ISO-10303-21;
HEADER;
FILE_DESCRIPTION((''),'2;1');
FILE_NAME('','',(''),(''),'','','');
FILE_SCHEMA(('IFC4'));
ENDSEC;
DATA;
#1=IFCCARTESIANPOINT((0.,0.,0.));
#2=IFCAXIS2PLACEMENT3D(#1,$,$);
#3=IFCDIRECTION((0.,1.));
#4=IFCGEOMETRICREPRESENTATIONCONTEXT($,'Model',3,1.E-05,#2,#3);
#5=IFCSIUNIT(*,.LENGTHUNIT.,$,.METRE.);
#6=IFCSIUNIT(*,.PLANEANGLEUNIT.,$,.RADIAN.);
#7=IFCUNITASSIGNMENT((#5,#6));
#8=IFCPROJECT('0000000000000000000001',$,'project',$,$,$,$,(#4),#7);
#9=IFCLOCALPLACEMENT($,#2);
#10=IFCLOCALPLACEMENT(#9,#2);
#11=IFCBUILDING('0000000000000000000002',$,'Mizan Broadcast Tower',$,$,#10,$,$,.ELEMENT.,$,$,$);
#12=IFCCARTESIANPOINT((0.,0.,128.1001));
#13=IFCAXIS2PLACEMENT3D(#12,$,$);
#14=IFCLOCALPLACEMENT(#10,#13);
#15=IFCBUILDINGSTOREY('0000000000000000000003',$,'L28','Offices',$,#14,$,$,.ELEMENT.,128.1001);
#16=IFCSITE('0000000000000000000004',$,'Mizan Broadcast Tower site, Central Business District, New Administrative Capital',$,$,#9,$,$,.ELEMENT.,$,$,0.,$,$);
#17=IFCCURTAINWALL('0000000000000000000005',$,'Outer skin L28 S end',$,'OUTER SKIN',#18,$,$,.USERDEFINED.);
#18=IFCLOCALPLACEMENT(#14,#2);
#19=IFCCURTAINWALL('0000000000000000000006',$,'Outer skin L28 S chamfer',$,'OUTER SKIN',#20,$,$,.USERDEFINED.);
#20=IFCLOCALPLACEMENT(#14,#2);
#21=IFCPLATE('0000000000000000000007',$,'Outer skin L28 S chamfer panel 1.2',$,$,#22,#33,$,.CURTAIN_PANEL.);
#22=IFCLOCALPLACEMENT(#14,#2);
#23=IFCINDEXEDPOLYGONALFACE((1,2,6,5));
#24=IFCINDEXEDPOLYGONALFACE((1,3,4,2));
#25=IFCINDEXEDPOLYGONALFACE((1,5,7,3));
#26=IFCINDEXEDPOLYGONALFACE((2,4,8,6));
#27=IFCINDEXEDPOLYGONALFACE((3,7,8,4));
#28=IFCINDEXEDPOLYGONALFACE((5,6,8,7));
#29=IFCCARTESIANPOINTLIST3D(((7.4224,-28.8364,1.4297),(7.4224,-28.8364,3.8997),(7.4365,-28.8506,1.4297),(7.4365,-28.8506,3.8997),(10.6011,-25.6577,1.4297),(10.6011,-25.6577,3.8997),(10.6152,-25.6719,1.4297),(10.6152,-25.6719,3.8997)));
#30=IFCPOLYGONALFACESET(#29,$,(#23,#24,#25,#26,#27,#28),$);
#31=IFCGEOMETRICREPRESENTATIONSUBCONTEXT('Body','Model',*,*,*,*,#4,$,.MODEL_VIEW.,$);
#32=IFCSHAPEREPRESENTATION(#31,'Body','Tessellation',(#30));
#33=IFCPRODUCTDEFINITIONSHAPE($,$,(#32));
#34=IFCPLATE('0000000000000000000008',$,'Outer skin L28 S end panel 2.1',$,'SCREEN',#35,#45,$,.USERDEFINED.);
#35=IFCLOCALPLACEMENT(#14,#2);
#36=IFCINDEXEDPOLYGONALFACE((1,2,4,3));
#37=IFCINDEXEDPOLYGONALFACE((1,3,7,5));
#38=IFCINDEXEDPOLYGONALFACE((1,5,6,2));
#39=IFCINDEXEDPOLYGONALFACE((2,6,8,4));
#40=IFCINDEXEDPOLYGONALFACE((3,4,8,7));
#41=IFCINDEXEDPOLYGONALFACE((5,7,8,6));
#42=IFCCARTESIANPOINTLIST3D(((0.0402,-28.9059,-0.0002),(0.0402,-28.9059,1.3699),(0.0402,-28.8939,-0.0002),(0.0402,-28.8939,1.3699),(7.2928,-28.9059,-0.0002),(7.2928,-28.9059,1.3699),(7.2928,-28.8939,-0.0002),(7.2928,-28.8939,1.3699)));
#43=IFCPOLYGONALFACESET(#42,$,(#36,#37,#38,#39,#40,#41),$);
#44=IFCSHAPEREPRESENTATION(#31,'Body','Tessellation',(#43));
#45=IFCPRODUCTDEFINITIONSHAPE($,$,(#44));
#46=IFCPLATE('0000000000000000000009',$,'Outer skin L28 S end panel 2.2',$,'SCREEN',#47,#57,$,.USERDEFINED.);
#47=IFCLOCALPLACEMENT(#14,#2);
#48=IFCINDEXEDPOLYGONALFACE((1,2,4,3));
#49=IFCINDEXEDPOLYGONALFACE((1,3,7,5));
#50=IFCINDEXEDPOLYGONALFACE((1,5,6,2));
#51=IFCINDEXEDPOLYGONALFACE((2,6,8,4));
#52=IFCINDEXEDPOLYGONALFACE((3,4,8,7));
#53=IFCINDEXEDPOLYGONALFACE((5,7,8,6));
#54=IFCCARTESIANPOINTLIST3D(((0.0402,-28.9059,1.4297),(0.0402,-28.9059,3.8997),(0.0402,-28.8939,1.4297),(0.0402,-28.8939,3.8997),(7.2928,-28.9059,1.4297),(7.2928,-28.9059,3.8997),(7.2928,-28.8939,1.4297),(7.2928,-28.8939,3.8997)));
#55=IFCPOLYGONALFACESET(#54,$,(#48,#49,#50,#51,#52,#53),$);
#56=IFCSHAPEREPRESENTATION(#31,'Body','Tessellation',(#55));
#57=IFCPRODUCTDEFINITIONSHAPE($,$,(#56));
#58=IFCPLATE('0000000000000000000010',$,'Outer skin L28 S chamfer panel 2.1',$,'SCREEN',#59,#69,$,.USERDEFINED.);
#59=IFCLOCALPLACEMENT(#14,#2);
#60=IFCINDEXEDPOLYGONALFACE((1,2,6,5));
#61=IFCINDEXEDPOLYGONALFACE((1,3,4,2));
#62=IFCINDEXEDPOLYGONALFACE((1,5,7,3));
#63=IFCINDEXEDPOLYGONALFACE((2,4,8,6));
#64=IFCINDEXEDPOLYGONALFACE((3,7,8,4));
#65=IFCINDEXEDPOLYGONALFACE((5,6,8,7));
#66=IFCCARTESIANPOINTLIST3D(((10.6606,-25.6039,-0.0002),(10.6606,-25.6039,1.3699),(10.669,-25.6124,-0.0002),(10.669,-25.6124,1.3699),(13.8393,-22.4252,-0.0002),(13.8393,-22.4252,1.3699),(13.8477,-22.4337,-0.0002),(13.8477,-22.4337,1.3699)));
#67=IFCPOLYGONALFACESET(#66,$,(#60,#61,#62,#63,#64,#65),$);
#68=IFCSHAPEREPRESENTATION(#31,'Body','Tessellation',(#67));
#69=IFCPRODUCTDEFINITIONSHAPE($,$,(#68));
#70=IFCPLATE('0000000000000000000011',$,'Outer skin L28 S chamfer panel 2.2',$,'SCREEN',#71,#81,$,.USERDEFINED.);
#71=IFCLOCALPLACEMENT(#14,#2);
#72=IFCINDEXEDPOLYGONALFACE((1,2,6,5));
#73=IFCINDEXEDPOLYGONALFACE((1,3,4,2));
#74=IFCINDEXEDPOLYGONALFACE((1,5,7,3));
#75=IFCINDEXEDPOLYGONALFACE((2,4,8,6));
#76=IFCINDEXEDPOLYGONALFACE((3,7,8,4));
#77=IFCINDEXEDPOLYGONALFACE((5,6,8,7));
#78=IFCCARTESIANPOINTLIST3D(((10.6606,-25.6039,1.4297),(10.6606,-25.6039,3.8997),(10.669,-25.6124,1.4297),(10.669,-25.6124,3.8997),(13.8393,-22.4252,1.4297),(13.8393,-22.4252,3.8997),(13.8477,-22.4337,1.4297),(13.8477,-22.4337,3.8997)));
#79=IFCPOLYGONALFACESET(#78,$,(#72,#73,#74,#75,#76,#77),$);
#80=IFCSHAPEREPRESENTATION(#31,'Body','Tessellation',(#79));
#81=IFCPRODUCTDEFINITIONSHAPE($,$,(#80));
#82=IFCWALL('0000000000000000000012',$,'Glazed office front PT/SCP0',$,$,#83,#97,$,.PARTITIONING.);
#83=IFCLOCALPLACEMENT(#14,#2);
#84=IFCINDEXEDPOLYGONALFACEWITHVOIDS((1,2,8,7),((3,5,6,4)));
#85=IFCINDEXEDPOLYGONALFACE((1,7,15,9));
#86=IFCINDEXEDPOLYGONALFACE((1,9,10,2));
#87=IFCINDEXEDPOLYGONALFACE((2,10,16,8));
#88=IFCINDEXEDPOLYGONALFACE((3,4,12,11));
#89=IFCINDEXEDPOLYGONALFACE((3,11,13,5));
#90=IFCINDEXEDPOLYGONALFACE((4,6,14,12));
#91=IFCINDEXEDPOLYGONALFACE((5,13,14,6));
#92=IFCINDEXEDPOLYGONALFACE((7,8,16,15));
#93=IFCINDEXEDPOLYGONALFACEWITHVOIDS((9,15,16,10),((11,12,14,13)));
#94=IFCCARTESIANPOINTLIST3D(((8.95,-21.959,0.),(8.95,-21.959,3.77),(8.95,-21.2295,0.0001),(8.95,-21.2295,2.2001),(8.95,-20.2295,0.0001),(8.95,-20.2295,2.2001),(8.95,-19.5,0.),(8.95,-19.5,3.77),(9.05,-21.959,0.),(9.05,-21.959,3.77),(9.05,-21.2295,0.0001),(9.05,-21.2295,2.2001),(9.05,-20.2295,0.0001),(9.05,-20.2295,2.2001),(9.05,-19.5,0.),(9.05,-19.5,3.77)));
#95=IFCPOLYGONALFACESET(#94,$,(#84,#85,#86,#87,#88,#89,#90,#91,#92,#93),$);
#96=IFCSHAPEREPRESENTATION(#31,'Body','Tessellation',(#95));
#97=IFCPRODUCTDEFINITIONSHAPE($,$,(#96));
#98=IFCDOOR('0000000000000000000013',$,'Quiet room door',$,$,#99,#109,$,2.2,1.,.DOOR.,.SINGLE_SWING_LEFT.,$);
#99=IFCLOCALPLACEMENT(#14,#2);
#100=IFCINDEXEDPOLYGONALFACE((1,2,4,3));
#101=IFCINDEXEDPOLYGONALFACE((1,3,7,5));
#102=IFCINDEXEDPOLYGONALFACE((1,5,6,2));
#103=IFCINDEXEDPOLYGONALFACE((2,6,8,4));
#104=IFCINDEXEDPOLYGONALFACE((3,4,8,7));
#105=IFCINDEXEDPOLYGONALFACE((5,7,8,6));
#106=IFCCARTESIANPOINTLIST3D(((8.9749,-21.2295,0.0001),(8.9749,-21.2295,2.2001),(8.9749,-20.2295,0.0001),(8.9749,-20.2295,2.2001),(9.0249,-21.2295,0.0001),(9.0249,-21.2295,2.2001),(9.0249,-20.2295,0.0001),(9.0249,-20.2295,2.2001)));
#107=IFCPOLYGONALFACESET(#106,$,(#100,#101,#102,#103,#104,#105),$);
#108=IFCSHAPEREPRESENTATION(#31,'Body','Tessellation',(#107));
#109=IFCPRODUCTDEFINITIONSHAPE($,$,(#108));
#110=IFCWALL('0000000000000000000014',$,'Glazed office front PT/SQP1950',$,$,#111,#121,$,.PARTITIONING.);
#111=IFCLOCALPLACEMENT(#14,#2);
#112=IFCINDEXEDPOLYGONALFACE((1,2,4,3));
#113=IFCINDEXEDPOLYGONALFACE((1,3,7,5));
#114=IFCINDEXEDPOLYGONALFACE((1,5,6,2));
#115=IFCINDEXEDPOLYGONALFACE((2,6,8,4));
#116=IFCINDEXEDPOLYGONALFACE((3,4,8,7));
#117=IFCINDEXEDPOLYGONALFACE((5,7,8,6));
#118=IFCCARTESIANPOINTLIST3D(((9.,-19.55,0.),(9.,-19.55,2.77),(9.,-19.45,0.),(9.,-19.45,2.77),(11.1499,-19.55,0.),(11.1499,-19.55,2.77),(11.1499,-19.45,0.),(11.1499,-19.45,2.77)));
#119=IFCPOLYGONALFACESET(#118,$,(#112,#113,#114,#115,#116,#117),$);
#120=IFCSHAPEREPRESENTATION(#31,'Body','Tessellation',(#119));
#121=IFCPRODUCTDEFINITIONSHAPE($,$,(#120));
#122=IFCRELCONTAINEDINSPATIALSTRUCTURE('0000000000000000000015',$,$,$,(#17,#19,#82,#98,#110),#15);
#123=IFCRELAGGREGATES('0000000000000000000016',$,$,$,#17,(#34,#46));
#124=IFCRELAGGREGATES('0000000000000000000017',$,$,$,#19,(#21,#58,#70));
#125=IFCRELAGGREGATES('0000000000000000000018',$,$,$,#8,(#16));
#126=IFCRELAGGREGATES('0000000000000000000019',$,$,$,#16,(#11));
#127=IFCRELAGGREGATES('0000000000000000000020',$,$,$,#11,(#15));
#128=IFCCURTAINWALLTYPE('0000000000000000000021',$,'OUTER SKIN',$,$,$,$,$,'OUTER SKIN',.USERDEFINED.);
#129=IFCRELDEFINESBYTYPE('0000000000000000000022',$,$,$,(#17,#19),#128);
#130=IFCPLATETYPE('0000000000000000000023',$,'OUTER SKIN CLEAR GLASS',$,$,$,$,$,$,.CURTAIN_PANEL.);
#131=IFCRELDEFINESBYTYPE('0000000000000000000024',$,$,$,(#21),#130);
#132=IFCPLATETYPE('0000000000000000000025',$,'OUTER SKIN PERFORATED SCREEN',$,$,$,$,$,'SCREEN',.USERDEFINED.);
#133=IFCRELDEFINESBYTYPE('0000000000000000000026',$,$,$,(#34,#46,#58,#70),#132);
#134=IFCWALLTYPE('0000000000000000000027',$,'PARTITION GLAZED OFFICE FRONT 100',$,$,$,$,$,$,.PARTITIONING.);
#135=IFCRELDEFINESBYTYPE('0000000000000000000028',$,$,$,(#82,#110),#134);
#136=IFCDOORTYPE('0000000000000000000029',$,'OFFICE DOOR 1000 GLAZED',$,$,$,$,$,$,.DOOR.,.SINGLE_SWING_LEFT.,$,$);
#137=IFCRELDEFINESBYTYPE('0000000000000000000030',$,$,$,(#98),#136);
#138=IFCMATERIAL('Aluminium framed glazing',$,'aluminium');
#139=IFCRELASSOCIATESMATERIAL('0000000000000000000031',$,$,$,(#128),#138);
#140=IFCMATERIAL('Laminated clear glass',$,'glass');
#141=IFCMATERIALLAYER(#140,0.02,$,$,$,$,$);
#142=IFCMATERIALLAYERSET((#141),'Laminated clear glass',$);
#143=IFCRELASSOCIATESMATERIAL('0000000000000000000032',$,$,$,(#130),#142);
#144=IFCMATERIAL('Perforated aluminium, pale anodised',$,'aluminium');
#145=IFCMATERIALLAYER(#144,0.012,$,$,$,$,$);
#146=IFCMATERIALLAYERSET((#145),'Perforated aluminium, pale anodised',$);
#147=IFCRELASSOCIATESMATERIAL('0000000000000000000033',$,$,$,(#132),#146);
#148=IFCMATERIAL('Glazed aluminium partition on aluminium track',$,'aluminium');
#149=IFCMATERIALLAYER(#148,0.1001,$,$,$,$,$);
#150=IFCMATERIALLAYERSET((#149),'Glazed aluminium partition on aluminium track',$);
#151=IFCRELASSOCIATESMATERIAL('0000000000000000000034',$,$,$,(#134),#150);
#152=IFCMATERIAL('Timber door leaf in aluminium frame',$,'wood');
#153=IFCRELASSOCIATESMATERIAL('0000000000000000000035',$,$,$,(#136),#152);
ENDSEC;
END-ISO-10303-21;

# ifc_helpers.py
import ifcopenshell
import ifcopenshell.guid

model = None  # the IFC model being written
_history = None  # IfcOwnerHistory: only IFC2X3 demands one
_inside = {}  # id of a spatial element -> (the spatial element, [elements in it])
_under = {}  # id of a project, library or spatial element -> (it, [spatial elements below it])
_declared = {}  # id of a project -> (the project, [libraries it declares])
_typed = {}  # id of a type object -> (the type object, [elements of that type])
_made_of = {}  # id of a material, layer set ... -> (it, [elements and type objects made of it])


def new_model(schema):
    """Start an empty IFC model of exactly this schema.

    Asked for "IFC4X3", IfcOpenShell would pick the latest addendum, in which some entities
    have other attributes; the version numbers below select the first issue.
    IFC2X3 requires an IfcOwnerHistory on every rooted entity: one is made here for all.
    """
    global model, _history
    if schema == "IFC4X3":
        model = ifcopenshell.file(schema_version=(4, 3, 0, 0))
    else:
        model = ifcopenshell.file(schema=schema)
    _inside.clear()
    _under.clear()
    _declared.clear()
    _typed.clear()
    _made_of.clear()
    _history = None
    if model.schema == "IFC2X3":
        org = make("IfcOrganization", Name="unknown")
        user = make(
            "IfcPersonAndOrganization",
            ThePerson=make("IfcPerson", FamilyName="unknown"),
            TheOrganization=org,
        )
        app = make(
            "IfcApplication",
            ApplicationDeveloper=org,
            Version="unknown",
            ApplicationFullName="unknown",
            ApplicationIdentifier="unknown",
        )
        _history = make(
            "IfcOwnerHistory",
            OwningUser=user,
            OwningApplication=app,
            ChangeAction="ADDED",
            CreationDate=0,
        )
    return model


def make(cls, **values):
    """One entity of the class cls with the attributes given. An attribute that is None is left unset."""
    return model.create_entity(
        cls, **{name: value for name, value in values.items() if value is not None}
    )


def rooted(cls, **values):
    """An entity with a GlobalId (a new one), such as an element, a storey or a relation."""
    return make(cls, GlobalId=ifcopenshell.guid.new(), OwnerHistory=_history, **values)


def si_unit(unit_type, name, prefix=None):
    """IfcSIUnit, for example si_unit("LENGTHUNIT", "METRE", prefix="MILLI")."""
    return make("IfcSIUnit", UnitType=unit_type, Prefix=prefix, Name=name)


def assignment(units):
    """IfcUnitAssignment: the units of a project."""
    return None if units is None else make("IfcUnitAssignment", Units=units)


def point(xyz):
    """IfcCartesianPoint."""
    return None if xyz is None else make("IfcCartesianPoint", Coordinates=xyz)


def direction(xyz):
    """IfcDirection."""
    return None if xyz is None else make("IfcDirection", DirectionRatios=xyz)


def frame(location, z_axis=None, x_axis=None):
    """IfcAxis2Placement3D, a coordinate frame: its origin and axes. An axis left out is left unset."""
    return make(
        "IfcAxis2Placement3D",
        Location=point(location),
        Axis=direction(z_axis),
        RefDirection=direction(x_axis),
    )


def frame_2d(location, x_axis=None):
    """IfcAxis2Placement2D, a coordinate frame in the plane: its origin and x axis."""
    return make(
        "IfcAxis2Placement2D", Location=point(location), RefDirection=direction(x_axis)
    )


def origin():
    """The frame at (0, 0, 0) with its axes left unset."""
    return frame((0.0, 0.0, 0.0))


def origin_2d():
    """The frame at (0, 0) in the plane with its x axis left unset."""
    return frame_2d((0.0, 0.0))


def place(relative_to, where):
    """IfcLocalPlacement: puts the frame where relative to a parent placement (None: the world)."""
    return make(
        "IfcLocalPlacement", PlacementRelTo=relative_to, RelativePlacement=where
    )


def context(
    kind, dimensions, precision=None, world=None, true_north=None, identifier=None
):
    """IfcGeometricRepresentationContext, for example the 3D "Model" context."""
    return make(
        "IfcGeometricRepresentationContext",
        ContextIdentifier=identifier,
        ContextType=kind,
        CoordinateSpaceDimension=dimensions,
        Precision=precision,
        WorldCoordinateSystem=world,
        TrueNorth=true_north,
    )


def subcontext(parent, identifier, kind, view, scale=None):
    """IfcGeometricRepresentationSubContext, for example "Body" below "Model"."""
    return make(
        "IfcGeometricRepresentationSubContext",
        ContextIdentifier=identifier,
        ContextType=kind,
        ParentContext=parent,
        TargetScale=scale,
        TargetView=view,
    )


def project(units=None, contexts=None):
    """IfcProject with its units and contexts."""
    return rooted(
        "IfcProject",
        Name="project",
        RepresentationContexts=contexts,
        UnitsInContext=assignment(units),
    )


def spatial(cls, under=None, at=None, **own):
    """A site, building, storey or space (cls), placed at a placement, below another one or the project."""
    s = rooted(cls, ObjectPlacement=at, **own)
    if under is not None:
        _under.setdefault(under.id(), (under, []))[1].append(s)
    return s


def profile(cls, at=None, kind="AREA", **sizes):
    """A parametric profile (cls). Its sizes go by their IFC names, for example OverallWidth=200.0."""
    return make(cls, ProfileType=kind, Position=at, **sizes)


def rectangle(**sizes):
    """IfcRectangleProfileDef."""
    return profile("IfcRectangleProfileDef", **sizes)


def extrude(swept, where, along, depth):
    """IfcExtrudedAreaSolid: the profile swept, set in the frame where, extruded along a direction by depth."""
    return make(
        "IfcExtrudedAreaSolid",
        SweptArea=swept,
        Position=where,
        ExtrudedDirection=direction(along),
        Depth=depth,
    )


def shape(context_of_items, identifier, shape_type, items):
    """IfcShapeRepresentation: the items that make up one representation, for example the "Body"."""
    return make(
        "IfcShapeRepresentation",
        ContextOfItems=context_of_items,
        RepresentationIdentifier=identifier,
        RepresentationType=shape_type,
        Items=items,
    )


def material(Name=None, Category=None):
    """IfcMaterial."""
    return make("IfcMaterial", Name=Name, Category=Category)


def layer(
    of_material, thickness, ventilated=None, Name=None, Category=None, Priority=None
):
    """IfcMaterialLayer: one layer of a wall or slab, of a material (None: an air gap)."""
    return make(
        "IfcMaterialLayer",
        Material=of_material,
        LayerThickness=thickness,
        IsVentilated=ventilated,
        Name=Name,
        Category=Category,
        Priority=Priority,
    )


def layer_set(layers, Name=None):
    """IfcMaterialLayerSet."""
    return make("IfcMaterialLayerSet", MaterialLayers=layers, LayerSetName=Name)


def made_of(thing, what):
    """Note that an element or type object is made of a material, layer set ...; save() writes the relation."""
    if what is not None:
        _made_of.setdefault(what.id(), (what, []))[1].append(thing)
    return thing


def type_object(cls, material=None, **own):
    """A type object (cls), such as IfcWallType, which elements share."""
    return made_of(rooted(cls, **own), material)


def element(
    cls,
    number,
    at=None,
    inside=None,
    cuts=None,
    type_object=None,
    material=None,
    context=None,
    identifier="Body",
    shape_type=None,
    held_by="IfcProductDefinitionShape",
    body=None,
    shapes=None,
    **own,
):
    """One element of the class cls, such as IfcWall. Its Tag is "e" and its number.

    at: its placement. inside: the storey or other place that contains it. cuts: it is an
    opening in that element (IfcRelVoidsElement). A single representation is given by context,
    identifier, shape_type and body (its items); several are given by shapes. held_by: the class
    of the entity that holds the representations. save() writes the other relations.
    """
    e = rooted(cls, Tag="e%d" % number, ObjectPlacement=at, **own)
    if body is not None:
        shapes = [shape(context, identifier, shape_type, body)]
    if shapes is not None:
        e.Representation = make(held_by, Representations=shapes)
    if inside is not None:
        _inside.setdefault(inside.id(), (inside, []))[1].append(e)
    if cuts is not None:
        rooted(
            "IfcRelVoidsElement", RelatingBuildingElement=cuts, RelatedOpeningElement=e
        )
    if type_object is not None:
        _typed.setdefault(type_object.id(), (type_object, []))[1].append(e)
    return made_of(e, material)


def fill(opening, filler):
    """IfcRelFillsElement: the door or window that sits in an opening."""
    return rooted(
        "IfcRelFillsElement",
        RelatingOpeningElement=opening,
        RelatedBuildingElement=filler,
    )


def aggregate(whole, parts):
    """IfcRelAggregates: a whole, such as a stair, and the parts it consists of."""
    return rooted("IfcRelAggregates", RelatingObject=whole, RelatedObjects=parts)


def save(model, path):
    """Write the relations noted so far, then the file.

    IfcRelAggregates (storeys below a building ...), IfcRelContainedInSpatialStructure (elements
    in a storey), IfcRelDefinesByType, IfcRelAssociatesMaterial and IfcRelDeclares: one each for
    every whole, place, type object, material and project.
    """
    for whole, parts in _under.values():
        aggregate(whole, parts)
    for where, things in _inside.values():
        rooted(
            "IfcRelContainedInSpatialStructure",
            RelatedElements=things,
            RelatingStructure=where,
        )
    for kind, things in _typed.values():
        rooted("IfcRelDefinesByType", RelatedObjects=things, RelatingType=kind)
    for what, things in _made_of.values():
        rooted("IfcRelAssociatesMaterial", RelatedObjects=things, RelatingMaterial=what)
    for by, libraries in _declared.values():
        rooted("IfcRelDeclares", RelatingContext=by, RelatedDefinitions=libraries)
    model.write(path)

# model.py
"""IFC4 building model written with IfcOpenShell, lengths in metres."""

from ifc_helpers import new_model, si_unit, direction, frame, frame_2d, origin, origin_2d, place, context, subcontext, project, spatial, rectangle, extrude, material, layer, layer_set, type_object, element, fill, aggregate, save


model = new_model("IFC4")

# Units and contexts
model_context = context("Model", 3, precision=1e-05, world=origin(), true_north=direction((0.0, 1.0)))
body_context = subcontext(model_context, "Body", "Model", "MODEL_VIEW")
ifc_project = project(units=[si_unit("LENGTHUNIT", "METRE"), si_unit("PLANEANGLEUNIT", "RADIAN")], contexts=[model_context])

# Site, building, storey
site_placement = place(None, origin())
site = spatial("IfcSite", under=ifc_project, at=site_placement, Name="Mizan Broadcast Tower site, Central Business District, New Administrative Capital", CompositionType="ELEMENT", RefElevation=0.0)
building_placement = place(site_placement, origin())
building = spatial("IfcBuilding", under=site, at=building_placement, Name="Mizan Broadcast Tower", CompositionType="ELEMENT")
storey_placement = place(building_placement, frame((0.0, 0.0, 128.1001)))
storey = spatial("IfcBuildingStorey", under=building, at=storey_placement, Name="L28", Description="Offices", CompositionType="ELEMENT", Elevation=128.1001)

# Curtain wall
ifc_material_1 = material(Name="Aluminium framed glazing", Category="aluminium")
curtain_wall_type_1 = type_object("IfcCurtainWallType", Name="OUTER SKIN", ElementType="OUTER SKIN", PredefinedType="USERDEFINED", material=ifc_material_1)
curtain_wall_1_placement = place(storey_placement, origin())
curtain_wall_1 = element("IfcCurtainWall", 1, at=curtain_wall_1_placement, inside=storey, type_object=curtain_wall_type_1, Name="Outer skin L28 S end", ObjectType="OUTER SKIN", PredefinedType="USERDEFINED")

# Curtain wall
curtain_wall_2_placement = place(storey_placement, origin())
curtain_wall_2 = element("IfcCurtainWall", 2, at=curtain_wall_2_placement, inside=storey, type_object=curtain_wall_type_1, Name="Outer skin L28 S chamfer", ObjectType="OUTER SKIN", PredefinedType="USERDEFINED")

# Plates
ifc_material_2 = material(Name="Laminated clear glass", Category="glass")
ifc_layer_1 = layer(ifc_material_2, 0.02)
ifc_layer_set_1 = layer_set([ifc_layer_1], Name="Laminated clear glass")
plate_type_1 = type_object("IfcPlateType", Name="OUTER SKIN CLEAR GLASS", PredefinedType="CURTAIN_PANEL", material=ifc_layer_set_1)
plate_1_placement = place(storey_placement, frame((9.0188, -27.2542, 1.4297), z_axis=(0.0, 0.0, 1.0), x_axis=(0.707107, 0.707107, 0.0)))
plate_1 = element("IfcPlate", 3, at=plate_1_placement, type_object=plate_type_1, Name="Outer skin L28 S chamfer panel 1.2", PredefinedType="CURTAIN_PANEL", context=body_context, shape_type="SweptSolid", body=[
    extrude(rectangle(XDim=4.4954, YDim=0.02, at=origin_2d()), origin(), (0.0, 0.0, 1.0), 2.47),
])
ifc_material_3 = material(Name="Perforated aluminium, pale anodised", Category="aluminium")
ifc_layer_2 = layer(ifc_material_3, 0.012)
ifc_layer_set_2 = layer_set([ifc_layer_2], Name="Perforated aluminium, pale anodised")
plate_type_2 = type_object("IfcPlateType", Name="OUTER SKIN PERFORATED SCREEN", ElementType="SCREEN", PredefinedType="USERDEFINED", material=ifc_layer_set_2)
plate_2_placement = place(storey_placement, frame((3.6665, -28.8999, -0.0002), z_axis=(0.0, 0.0, 1.0), x_axis=(1.0, 0.0, 0.0)))
plate_2 = element("IfcPlate", 4, at=plate_2_placement, type_object=plate_type_2, Name="Outer skin L28 S end panel 2.1", ObjectType="SCREEN", PredefinedType="USERDEFINED", context=body_context, shape_type="SweptSolid", body=[
    extrude(rectangle(XDim=7.2527, YDim=0.012, at=origin_2d()), origin(), (0.0, 0.0, 1.0), 1.3701),
])
plate_3_placement = place(storey_placement, frame((3.6665, -28.8999, 1.4297), z_axis=(0.0, 0.0, 1.0), x_axis=(1.0, 0.0, 0.0)))
plate_3 = element("IfcPlate", 5, at=plate_3_placement, type_object=plate_type_2, Name="Outer skin L28 S end panel 2.2", ObjectType="SCREEN", PredefinedType="USERDEFINED", context=body_context, shape_type="SweptSolid", body=[
    extrude(rectangle(XDim=7.2527, YDim=0.012, at=origin_2d()), origin(), (0.0, 0.0, 1.0), 2.47),
])
aggregate(curtain_wall_1, [plate_2, plate_3])
plate_4_placement = place(storey_placement, frame((12.2542, -24.0188, -0.0002), z_axis=(0.0, 0.0, 1.0), x_axis=(0.707107, 0.707107, 0.0)))
plate_4 = element("IfcPlate", 6, at=plate_4_placement, type_object=plate_type_2, Name="Outer skin L28 S chamfer panel 2.1", ObjectType="SCREEN", PredefinedType="USERDEFINED", context=body_context, shape_type="SweptSolid", body=[
    extrude(rectangle(XDim=4.4954, YDim=0.012, at=origin_2d()), origin(), (0.0, 0.0, 1.0), 1.3701),
])
plate_5_placement = place(storey_placement, frame((12.2542, -24.0188, 1.4297), z_axis=(0.0, 0.0, 1.0), x_axis=(0.707107, 0.707107, 0.0)))
plate_5 = element("IfcPlate", 7, at=plate_5_placement, type_object=plate_type_2, Name="Outer skin L28 S chamfer panel 2.2", ObjectType="SCREEN", PredefinedType="USERDEFINED", context=body_context, shape_type="SweptSolid", body=[
    extrude(rectangle(XDim=4.4954, YDim=0.012, at=origin_2d()), origin(), (0.0, 0.0, 1.0), 2.47),
])
aggregate(curtain_wall_2, [plate_1, plate_4, plate_5])

# Wall, opening, door
ifc_material_4 = material(Name="Glazed aluminium partition on aluminium track", Category="aluminium")
ifc_layer_3 = layer(ifc_material_4, 0.1001)
ifc_layer_set_3 = layer_set([ifc_layer_3], Name="Glazed aluminium partition on aluminium track")
wall_type = type_object("IfcWallType", Name="PARTITION GLAZED OFFICE FRONT 100", PredefinedType="PARTITIONING", material=ifc_layer_set_3)
wall_1_placement = place(storey_placement, frame((9.0, -19.5, 0.0), z_axis=(0.0, 0.0, 1.0), x_axis=(0.0, -1.0, 0.0)))
wall_1 = element("IfcWall", 8, at=wall_1_placement, inside=storey, type_object=wall_type, Name="Glazed office front PT/SCP0", PredefinedType="PARTITIONING", context=body_context, shape_type="SweptSolid", body=[
    extrude(rectangle(XDim=2.459, YDim=0.1001, at=frame_2d((1.2295, 0.0))), origin(), (0.0, 0.0, 1.0), 3.77),
])
opening_placement = place(wall_1_placement, frame((0.7295, 0.0, 0.0)))
opening = element("IfcOpeningElement", 9, at=opening_placement, cuts=wall_1, PredefinedType="OPENING", context=body_context, shape_type="SweptSolid", body=[
    extrude(rectangle(XDim=1.0, YDim=2.2, at=frame_2d((0.5, 1.1001))), frame((0.0, 0.0601, 0.0), z_axis=(0.0, -1.0, 0.0), x_axis=(1.0, 0.0, 0.0)), (0.0, 0.0, 1.0), 0.1201),
])
ifc_material_5 = material(Name="Timber door leaf in aluminium frame", Category="wood")
door_type = type_object("IfcDoorType", Name="OFFICE DOOR 1000 GLAZED", OperationType="SINGLE_SWING_LEFT", PredefinedType="DOOR", material=ifc_material_5)
door_placement = place(opening_placement, origin())
door = element("IfcDoor", 10, at=door_placement, inside=storey, type_object=door_type, Name="Quiet room door", OperationType="SINGLE_SWING_LEFT", OverallHeight=2.2, OverallWidth=1.0, PredefinedType="DOOR", context=body_context, shape_type="SweptSolid", body=[
    extrude(rectangle(XDim=1.0, YDim=2.2, at=frame_2d((0.5, 1.1001))), frame((0.0, 0.0249, 0.0), z_axis=(0.0, -1.0, 0.0), x_axis=(1.0, 0.0, 0.0)), (0.0, 0.0, 1.0), 0.05),
])
fill(opening, door)

# Wall
wall_2_placement = place(storey_placement, frame((9.0, -19.5, 0.0), z_axis=(0.0, 0.0, 1.0), x_axis=(1.0, 0.0, 0.0)))
element("IfcWall", 11, at=wall_2_placement, inside=storey, type_object=wall_type, Name="Glazed office front PT/SQP1950", PredefinedType="PARTITIONING", context=body_context, shape_type="SweptSolid", body=[
    extrude(rectangle(XDim=2.1499, YDim=0.1001, at=frame_2d((1.075, 0.0))), origin(), (0.0, 0.0, 1.0), 2.77),
])

save(model, "model.ifc")
